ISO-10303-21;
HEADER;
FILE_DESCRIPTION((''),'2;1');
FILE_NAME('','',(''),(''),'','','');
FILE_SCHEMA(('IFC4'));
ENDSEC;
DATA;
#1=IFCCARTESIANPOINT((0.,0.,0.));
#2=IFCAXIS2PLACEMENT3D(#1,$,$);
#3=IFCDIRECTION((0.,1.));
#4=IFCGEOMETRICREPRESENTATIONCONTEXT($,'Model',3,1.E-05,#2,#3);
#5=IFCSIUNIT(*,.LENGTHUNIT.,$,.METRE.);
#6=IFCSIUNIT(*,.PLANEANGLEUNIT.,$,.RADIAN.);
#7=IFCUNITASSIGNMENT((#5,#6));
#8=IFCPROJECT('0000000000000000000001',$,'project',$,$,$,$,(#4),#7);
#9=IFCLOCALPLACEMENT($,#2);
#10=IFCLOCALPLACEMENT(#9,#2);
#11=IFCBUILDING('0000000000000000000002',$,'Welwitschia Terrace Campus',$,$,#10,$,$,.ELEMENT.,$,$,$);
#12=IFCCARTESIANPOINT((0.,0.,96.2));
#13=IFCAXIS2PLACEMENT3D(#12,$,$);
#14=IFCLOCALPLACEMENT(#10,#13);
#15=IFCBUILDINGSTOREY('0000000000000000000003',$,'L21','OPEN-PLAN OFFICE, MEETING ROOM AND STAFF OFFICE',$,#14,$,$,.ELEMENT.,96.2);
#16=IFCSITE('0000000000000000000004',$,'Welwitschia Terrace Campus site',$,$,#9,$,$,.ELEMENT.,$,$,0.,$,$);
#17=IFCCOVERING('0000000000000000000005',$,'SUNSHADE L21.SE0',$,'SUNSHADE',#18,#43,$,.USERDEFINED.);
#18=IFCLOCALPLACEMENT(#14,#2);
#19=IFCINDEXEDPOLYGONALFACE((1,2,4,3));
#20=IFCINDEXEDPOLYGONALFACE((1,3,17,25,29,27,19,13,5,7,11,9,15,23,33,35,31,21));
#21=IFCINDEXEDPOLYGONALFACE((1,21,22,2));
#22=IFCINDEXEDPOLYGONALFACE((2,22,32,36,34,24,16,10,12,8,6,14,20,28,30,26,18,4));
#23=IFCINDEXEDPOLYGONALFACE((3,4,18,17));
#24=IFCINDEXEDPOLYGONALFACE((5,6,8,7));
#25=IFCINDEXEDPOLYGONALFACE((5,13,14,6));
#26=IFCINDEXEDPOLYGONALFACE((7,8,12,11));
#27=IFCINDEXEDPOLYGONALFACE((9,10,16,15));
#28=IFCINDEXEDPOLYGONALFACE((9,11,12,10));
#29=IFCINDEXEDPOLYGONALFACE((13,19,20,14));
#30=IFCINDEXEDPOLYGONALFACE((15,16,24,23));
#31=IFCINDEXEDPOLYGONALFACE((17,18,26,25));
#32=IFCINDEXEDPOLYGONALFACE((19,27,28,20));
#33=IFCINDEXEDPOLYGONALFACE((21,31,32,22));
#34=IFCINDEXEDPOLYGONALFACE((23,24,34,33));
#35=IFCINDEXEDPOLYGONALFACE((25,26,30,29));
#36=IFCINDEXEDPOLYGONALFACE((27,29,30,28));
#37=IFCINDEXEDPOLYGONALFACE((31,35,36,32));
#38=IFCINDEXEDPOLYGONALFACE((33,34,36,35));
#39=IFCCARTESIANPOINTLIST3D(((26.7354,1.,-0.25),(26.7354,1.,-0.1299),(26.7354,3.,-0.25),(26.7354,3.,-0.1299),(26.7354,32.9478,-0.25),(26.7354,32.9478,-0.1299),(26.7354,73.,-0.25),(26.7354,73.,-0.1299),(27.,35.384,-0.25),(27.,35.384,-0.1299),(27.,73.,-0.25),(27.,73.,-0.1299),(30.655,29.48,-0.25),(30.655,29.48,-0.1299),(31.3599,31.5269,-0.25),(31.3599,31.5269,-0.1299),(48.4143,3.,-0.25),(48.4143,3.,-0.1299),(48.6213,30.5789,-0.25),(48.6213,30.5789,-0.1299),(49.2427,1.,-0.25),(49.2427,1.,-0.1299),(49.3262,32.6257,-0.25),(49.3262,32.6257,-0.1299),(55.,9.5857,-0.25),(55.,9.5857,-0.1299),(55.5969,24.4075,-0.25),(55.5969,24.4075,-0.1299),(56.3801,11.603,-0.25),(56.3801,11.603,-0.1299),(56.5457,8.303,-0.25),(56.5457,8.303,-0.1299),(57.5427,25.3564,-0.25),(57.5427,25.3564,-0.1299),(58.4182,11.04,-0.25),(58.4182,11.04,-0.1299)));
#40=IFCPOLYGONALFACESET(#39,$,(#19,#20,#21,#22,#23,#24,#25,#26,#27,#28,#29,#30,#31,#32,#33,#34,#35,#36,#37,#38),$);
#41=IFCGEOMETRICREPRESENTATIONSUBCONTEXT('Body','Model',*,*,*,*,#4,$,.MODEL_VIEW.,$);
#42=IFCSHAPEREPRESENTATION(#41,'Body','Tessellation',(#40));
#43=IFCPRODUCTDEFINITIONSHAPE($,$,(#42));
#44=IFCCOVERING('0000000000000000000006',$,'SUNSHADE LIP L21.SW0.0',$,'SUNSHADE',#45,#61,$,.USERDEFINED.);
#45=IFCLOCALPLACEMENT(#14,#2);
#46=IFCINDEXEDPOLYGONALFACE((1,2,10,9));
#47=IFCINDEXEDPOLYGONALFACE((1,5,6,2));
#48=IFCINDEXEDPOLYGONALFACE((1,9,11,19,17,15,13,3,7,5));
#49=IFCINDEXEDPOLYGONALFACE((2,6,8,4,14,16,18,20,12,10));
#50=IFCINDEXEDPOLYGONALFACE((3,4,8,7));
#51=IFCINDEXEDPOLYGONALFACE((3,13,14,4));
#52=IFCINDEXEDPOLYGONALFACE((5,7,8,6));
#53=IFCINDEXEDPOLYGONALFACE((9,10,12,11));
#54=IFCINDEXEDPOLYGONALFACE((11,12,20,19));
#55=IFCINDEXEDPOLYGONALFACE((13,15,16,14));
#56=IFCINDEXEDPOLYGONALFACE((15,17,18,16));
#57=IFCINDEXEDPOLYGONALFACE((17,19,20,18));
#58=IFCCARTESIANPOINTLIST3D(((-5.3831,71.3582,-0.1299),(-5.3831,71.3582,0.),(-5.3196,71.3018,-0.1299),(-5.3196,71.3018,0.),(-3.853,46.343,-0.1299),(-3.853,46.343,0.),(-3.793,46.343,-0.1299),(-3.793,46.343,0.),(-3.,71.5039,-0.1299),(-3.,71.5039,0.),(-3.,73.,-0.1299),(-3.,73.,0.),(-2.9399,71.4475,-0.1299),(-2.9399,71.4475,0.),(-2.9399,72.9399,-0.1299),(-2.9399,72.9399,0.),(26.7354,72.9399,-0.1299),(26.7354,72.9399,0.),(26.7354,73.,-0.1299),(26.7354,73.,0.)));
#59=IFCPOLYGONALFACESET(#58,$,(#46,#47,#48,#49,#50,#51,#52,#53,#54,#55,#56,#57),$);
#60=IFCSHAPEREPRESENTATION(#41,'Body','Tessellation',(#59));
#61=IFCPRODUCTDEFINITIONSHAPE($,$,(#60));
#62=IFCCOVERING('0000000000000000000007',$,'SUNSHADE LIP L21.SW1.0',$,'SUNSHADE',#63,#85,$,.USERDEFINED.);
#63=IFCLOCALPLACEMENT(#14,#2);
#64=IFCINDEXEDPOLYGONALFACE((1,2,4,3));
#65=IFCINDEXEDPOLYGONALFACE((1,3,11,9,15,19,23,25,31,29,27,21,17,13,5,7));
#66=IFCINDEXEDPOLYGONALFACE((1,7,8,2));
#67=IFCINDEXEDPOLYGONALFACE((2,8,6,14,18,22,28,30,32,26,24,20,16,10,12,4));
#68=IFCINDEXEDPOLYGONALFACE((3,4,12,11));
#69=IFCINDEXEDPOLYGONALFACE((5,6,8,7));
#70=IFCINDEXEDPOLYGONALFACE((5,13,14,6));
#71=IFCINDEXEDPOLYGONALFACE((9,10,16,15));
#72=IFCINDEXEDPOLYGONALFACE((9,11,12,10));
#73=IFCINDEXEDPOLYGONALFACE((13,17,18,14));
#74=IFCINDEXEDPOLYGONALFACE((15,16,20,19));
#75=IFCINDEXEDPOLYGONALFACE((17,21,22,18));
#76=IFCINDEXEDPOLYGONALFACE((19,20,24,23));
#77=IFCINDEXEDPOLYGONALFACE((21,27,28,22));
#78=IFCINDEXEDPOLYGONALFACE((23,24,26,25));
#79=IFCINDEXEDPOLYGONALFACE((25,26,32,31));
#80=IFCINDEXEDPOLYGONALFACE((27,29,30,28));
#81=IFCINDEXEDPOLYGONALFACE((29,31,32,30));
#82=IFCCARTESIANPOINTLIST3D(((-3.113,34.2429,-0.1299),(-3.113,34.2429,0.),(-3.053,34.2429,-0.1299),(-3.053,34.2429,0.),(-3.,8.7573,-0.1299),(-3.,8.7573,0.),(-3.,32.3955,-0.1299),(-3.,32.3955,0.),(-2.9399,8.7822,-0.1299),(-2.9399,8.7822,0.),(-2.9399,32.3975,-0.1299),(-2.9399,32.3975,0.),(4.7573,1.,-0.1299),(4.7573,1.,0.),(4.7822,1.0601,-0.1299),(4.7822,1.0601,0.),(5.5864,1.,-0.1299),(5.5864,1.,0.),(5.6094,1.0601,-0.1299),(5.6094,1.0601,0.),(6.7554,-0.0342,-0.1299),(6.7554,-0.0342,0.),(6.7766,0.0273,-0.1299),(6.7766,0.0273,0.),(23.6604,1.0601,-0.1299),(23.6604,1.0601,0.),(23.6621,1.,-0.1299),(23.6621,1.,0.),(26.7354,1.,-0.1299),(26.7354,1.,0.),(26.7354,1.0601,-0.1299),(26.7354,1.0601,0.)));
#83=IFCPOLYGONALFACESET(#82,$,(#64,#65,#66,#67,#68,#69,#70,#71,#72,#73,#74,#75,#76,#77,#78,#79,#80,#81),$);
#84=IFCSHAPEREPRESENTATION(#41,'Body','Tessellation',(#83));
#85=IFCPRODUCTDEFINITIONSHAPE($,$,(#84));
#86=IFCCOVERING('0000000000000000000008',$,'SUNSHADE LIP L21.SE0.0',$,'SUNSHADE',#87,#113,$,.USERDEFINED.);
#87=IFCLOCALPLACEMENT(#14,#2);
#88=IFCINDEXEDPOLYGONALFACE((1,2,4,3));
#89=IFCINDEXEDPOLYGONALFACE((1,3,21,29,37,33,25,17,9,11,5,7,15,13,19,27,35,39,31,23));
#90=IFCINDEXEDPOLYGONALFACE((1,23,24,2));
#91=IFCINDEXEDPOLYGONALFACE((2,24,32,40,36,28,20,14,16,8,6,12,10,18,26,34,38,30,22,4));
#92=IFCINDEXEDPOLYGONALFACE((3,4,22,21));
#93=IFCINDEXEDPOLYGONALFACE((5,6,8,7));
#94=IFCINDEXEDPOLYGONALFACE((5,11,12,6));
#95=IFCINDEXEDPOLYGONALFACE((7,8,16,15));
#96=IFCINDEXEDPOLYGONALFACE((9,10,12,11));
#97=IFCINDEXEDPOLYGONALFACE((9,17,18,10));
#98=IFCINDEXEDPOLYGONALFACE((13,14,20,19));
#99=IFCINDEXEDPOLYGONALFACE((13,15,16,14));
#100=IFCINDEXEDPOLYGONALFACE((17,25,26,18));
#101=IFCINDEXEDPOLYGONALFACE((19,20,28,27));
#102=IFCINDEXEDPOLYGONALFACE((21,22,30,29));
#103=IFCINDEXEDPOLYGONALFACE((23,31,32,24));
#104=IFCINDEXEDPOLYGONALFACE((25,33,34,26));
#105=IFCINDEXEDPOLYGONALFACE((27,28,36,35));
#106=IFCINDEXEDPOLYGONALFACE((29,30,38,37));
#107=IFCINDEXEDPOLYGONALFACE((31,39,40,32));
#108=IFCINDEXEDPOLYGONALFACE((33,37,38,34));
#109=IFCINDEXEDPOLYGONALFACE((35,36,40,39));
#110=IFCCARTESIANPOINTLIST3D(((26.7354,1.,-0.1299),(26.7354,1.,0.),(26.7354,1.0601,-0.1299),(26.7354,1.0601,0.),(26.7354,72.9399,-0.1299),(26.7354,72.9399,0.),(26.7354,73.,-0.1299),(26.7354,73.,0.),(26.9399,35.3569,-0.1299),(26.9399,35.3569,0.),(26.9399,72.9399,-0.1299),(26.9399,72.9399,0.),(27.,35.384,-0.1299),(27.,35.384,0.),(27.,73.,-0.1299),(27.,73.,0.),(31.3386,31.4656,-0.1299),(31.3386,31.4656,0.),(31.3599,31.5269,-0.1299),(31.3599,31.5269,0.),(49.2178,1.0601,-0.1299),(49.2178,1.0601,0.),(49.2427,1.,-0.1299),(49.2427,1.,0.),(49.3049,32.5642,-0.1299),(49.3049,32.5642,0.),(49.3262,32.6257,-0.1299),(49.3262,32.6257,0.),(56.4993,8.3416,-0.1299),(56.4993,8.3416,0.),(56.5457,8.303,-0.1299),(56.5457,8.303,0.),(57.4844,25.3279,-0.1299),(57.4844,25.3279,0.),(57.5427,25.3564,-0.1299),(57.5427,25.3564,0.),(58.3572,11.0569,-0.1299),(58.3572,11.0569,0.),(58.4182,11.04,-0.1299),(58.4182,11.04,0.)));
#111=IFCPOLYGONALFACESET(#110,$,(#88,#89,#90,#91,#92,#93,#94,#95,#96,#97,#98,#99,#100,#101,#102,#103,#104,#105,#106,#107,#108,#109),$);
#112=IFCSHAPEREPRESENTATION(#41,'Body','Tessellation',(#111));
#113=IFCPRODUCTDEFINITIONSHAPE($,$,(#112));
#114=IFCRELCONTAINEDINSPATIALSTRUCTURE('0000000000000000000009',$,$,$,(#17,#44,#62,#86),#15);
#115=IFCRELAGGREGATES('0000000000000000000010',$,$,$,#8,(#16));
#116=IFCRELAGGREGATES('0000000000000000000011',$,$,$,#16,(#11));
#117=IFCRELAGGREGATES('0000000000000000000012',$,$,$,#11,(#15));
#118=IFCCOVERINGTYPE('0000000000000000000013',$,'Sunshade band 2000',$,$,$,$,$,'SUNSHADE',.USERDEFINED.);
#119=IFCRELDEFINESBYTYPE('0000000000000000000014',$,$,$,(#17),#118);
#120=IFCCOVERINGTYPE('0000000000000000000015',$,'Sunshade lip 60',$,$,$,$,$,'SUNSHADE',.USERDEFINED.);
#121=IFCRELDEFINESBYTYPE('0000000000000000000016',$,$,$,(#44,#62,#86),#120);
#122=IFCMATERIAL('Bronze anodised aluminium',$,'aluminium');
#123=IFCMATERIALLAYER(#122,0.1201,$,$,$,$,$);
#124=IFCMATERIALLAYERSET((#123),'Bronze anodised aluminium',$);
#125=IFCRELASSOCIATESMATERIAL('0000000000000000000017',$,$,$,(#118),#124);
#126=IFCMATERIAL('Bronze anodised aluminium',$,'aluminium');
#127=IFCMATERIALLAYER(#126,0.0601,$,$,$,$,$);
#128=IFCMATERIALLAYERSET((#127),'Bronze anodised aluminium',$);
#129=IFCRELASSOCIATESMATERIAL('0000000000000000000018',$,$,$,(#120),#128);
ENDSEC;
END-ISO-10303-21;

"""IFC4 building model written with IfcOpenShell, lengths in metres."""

from ifc_helpers import new_model, si_unit, direction, frame, origin, place, context, subcontext, project, spatial, polyline, outline, extrude, material, layer, layer_set, type_object, element, save


model = new_model("IFC4")

# Units and contexts
model_context = context("Model", 3, precision=1e-05, world=origin(), true_north=direction((0.0, 1.0)))
body_context = subcontext(model_context, "Body", "Model", "MODEL_VIEW")
ifc_project = project(units=[si_unit("LENGTHUNIT", "METRE"), si_unit("PLANEANGLEUNIT", "RADIAN")], contexts=[model_context])

# Site, building, storey
site_placement = place(None, origin())
site = spatial("IfcSite", under=ifc_project, at=site_placement, Name="Welwitschia Terrace Campus site", CompositionType="ELEMENT", RefElevation=0.0)
building_placement = place(site_placement, origin())
building = spatial("IfcBuilding", under=site, at=building_placement, Name="Welwitschia Terrace Campus", CompositionType="ELEMENT")
storey_placement = place(building_placement, frame((0.0, 0.0, 96.2)))
storey = spatial("IfcBuildingStorey", under=building, at=storey_placement, Name="L21", Description="OPEN-PLAN OFFICE, MEETING ROOM AND STAFF OFFICE", CompositionType="ELEMENT", Elevation=96.2)

# Coverings
ifc_material_1 = material(Name="Bronze anodised aluminium", Category="aluminium")
ifc_layer_1 = layer(ifc_material_1, 0.1201)
ifc_layer_set_1 = layer_set([ifc_layer_1], Name="Bronze anodised aluminium")
covering_type_1 = type_object("IfcCoveringType", Name="Sunshade band 2000", ElementType="SUNSHADE", PredefinedType="USERDEFINED", material=ifc_layer_set_1)
covering_1_placement = place(storey_placement, frame((0.0, 0.0, -0.25)))
element("IfcCovering", 1, at=covering_1_placement, inside=storey, type_object=covering_type_1, Name="SUNSHADE L21.SE0", ObjectType="SUNSHADE", PredefinedType="USERDEFINED", context=body_context, shape_type="SweptSolid", body=[
    extrude(outline(polyline([(27.0, 73.0), (27.0, 35.384), (31.3599, 31.5269), (49.3262, 32.6257), (57.5427, 25.3564), (58.4182, 11.04), (56.5457, 8.303), (49.2427, 1.0), (26.7354, 1.0), (26.7354, 3.0), (48.4143, 3.0), (55.0, 9.5857), (56.3801, 11.603), (55.5969, 24.4075), (48.6213, 30.5789), (30.655, 29.48), (26.7354, 32.9478), (26.7354, 73.0), (27.0, 73.0)])), origin(), (0.0, 0.0, 1.0), 0.1201),
])
ifc_material_2 = material(Name="Bronze anodised aluminium", Category="aluminium")
ifc_layer_2 = layer(ifc_material_2, 0.0601)
ifc_layer_set_2 = layer_set([ifc_layer_2], Name="Bronze anodised aluminium")
covering_type_2 = type_object("IfcCoveringType", Name="Sunshade lip 60", ElementType="SUNSHADE", PredefinedType="USERDEFINED", material=ifc_layer_set_2)
covering_2_placement = place(storey_placement, frame((0.0, 0.0, -0.1299)))
element("IfcCovering", 2, at=covering_2_placement, inside=storey, type_object=covering_type_2, Name="SUNSHADE LIP L21.SW0.0", ObjectType="SUNSHADE", PredefinedType="USERDEFINED", context=body_context, shape_type="SweptSolid", body=[
    extrude(outline(polyline([(26.7354, 72.9399), (-2.9399, 72.9399), (-2.9399, 71.4475), (-5.3196, 71.3018), (-3.793, 46.343), (-3.853, 46.343), (-5.3831, 71.3582), (-3.0, 71.5039), (-3.0, 73.0), (26.7354, 73.0), (26.7354, 72.9399)])), origin(), (0.0, 0.0, 1.0), 0.1299),
])
covering_3_placement = place(storey_placement, frame((0.0, 0.0, -0.1299)))
element("IfcCovering", 3, at=covering_3_placement, inside=storey, type_object=covering_type_2, Name="SUNSHADE LIP L21.SW1.0", ObjectType="SUNSHADE", PredefinedType="USERDEFINED", context=body_context, shape_type="SweptSolid", body=[
    extrude(outline(polyline([(6.7554, -0.0342), (5.5864, 1.0), (4.7573, 1.0), (-3.0, 8.7573), (-3.0, 32.3955), (-3.113, 34.2429), (-3.053, 34.2429), (-2.9399, 32.3975), (-2.9399, 8.7822), (4.7822, 1.0601), (5.6094, 1.0601), (6.7766, 0.0273), (23.6604, 1.0601), (26.7354, 1.0601), (26.7354, 1.0), (23.6621, 1.0), (6.7554, -0.0342)])), origin(), (0.0, 0.0, 1.0), 0.1299),
])
covering_4_placement = place(storey_placement, frame((0.0, 0.0, -0.1299)))
element("IfcCovering", 4, at=covering_4_placement, inside=storey, type_object=covering_type_2, Name="SUNSHADE LIP L21.SE0.0", ObjectType="SUNSHADE", PredefinedType="USERDEFINED", context=body_context, shape_type="SweptSolid", body=[
    extrude(outline(polyline([(27.0, 35.384), (31.3599, 31.5269), (49.3262, 32.6257), (57.5427, 25.3564), (58.4182, 11.04), (56.5457, 8.303), (49.2427, 1.0), (26.7354, 1.0), (26.7354, 1.0601), (49.2178, 1.0601), (56.4993, 8.3416), (58.3572, 11.0569), (57.4844, 25.3279), (49.3049, 32.5642), (31.3386, 31.4656), (26.9399, 35.3569), (26.9399, 72.9399), (26.7354, 72.9399), (26.7354, 73.0), (27.0, 73.0), (27.0, 35.384)])), origin(), (0.0, 0.0, 1.0), 0.1299),
])

save(model, "model.ifc")
